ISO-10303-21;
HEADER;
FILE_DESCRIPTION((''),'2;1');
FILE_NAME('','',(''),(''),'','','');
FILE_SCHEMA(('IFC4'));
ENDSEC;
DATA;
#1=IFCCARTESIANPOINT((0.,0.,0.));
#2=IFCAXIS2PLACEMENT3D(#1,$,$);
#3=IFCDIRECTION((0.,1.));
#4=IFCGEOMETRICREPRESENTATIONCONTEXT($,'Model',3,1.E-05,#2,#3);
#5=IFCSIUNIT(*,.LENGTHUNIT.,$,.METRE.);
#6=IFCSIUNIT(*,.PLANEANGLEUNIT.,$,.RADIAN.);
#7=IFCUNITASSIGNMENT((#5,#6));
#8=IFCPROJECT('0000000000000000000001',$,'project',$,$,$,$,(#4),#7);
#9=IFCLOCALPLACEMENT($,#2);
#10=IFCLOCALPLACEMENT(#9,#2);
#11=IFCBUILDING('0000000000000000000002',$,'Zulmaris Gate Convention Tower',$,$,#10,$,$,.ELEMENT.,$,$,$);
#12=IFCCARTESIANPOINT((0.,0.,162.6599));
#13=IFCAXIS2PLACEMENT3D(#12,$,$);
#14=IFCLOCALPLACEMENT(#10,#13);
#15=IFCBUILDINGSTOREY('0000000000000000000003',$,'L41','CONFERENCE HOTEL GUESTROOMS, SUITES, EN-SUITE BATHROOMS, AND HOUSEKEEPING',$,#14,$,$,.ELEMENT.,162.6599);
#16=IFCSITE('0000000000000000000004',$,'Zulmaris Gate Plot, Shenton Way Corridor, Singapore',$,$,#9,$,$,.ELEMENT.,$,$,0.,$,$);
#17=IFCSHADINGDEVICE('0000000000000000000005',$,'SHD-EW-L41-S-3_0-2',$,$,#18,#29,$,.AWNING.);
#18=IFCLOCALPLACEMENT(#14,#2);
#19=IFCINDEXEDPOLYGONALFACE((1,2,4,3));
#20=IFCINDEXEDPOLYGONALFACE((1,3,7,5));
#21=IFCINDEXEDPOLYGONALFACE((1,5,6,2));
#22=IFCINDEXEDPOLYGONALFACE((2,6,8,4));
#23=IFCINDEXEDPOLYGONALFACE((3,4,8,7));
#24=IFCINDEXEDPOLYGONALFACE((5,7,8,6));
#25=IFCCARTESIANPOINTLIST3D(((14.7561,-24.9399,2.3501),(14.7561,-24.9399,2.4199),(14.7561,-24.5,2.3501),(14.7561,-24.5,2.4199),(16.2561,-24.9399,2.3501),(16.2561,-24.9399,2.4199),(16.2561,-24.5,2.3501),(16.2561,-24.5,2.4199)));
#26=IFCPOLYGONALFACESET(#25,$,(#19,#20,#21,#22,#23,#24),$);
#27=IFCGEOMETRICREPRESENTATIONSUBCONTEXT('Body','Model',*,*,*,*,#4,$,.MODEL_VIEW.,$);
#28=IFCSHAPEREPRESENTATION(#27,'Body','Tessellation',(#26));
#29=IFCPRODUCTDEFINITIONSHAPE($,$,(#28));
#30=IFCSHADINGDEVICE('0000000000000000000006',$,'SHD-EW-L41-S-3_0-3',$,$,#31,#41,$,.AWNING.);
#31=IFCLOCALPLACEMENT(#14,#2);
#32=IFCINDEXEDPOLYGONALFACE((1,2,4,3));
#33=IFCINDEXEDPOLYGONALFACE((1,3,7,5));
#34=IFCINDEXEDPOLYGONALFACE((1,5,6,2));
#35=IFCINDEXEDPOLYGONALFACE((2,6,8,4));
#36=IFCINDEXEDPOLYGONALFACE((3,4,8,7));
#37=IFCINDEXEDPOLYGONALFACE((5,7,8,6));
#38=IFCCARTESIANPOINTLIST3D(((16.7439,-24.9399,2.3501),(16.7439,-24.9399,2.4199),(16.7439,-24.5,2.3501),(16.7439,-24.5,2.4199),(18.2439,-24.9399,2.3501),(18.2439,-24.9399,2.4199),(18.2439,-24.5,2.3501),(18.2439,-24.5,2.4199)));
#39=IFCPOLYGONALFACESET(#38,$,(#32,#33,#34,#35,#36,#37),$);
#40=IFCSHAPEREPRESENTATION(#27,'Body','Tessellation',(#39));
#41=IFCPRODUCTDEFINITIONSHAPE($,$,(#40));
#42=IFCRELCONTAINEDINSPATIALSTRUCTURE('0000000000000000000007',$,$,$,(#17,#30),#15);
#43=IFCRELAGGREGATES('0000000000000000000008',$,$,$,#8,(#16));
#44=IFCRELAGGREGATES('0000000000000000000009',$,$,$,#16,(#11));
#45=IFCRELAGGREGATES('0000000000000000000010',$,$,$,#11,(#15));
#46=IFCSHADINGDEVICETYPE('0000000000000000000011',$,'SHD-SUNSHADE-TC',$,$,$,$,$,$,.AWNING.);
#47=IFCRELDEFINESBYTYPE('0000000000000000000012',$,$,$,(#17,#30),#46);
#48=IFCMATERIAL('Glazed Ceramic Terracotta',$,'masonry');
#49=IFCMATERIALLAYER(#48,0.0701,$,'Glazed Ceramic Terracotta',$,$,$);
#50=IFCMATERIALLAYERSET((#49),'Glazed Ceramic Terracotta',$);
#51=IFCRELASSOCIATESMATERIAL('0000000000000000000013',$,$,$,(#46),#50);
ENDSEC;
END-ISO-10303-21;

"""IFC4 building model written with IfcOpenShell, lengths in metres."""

from ifc_helpers import new_model, si_unit, direction, frame, frame_2d, origin, place, context, subcontext, project, spatial, rectangle, extrude, material, layer, layer_set, type_object, element, save


model = new_model("IFC4")

# Units and contexts
model_context = context("Model", 3, precision=1e-05, world=origin(), true_north=direction((0.0, 1.0)))
body_context = subcontext(model_context, "Body", "Model", "MODEL_VIEW")
ifc_project = project(units=[si_unit("LENGTHUNIT", "METRE"), si_unit("PLANEANGLEUNIT", "RADIAN")], contexts=[model_context])

# Site, building, storey
site_placement = place(None, origin())
site = spatial("IfcSite", under=ifc_project, at=site_placement, Name="Zulmaris Gate Plot, Shenton Way Corridor, Singapore", CompositionType="ELEMENT", RefElevation=0.0)
building_placement = place(site_placement, origin())
building = spatial("IfcBuilding", under=site, at=building_placement, Name="Zulmaris Gate Convention Tower", CompositionType="ELEMENT")
storey_placement = place(building_placement, frame((0.0, 0.0, 162.6599)))
storey = spatial("IfcBuildingStorey", under=building, at=storey_placement, Name="L41", Description="CONFERENCE HOTEL GUESTROOMS, SUITES, EN-SUITE BATHROOMS, AND HOUSEKEEPING", CompositionType="ELEMENT", Elevation=162.6599)

# Shading devices
ifc_material_1 = material(Name="Glazed Ceramic Terracotta", Category="masonry")
ifc_layer_1 = layer(ifc_material_1, 0.0701, Name="Glazed Ceramic Terracotta")
ifc_layer_set_1 = layer_set([ifc_layer_1], Name="Glazed Ceramic Terracotta")
shading_device_type = type_object("IfcShadingDeviceType", Name="SHD-SUNSHADE-TC", PredefinedType="AWNING", material=ifc_layer_set_1)
for number, where, z_axis, x_axis, name in (
    (1, (14.7561, -24.72, 2.3501), (0.0, 0.0, 1.0), (1.0, 0.0, 0.0), "SHD-EW-L41-S-3_0-2"),
    (2, (16.7439, -24.72, 2.3501), (0.0, 0.0, 1.0), (1.0, 0.0, 0.0), "SHD-EW-L41-S-3_0-3"),
):
    element("IfcShadingDevice", number, at=place(storey_placement, frame(where, z_axis=z_axis, x_axis=x_axis)), inside=storey, type_object=shading_device_type, Name=name, PredefinedType="AWNING", context=body_context, shape_type="SweptSolid", body=[
        extrude(rectangle(XDim=1.5, YDim=0.4399, at=frame_2d((0.75, 0.0))), origin(), (0.0, 0.0, 1.0), 0.0698),
    ])

save(model, "model.ifc")
